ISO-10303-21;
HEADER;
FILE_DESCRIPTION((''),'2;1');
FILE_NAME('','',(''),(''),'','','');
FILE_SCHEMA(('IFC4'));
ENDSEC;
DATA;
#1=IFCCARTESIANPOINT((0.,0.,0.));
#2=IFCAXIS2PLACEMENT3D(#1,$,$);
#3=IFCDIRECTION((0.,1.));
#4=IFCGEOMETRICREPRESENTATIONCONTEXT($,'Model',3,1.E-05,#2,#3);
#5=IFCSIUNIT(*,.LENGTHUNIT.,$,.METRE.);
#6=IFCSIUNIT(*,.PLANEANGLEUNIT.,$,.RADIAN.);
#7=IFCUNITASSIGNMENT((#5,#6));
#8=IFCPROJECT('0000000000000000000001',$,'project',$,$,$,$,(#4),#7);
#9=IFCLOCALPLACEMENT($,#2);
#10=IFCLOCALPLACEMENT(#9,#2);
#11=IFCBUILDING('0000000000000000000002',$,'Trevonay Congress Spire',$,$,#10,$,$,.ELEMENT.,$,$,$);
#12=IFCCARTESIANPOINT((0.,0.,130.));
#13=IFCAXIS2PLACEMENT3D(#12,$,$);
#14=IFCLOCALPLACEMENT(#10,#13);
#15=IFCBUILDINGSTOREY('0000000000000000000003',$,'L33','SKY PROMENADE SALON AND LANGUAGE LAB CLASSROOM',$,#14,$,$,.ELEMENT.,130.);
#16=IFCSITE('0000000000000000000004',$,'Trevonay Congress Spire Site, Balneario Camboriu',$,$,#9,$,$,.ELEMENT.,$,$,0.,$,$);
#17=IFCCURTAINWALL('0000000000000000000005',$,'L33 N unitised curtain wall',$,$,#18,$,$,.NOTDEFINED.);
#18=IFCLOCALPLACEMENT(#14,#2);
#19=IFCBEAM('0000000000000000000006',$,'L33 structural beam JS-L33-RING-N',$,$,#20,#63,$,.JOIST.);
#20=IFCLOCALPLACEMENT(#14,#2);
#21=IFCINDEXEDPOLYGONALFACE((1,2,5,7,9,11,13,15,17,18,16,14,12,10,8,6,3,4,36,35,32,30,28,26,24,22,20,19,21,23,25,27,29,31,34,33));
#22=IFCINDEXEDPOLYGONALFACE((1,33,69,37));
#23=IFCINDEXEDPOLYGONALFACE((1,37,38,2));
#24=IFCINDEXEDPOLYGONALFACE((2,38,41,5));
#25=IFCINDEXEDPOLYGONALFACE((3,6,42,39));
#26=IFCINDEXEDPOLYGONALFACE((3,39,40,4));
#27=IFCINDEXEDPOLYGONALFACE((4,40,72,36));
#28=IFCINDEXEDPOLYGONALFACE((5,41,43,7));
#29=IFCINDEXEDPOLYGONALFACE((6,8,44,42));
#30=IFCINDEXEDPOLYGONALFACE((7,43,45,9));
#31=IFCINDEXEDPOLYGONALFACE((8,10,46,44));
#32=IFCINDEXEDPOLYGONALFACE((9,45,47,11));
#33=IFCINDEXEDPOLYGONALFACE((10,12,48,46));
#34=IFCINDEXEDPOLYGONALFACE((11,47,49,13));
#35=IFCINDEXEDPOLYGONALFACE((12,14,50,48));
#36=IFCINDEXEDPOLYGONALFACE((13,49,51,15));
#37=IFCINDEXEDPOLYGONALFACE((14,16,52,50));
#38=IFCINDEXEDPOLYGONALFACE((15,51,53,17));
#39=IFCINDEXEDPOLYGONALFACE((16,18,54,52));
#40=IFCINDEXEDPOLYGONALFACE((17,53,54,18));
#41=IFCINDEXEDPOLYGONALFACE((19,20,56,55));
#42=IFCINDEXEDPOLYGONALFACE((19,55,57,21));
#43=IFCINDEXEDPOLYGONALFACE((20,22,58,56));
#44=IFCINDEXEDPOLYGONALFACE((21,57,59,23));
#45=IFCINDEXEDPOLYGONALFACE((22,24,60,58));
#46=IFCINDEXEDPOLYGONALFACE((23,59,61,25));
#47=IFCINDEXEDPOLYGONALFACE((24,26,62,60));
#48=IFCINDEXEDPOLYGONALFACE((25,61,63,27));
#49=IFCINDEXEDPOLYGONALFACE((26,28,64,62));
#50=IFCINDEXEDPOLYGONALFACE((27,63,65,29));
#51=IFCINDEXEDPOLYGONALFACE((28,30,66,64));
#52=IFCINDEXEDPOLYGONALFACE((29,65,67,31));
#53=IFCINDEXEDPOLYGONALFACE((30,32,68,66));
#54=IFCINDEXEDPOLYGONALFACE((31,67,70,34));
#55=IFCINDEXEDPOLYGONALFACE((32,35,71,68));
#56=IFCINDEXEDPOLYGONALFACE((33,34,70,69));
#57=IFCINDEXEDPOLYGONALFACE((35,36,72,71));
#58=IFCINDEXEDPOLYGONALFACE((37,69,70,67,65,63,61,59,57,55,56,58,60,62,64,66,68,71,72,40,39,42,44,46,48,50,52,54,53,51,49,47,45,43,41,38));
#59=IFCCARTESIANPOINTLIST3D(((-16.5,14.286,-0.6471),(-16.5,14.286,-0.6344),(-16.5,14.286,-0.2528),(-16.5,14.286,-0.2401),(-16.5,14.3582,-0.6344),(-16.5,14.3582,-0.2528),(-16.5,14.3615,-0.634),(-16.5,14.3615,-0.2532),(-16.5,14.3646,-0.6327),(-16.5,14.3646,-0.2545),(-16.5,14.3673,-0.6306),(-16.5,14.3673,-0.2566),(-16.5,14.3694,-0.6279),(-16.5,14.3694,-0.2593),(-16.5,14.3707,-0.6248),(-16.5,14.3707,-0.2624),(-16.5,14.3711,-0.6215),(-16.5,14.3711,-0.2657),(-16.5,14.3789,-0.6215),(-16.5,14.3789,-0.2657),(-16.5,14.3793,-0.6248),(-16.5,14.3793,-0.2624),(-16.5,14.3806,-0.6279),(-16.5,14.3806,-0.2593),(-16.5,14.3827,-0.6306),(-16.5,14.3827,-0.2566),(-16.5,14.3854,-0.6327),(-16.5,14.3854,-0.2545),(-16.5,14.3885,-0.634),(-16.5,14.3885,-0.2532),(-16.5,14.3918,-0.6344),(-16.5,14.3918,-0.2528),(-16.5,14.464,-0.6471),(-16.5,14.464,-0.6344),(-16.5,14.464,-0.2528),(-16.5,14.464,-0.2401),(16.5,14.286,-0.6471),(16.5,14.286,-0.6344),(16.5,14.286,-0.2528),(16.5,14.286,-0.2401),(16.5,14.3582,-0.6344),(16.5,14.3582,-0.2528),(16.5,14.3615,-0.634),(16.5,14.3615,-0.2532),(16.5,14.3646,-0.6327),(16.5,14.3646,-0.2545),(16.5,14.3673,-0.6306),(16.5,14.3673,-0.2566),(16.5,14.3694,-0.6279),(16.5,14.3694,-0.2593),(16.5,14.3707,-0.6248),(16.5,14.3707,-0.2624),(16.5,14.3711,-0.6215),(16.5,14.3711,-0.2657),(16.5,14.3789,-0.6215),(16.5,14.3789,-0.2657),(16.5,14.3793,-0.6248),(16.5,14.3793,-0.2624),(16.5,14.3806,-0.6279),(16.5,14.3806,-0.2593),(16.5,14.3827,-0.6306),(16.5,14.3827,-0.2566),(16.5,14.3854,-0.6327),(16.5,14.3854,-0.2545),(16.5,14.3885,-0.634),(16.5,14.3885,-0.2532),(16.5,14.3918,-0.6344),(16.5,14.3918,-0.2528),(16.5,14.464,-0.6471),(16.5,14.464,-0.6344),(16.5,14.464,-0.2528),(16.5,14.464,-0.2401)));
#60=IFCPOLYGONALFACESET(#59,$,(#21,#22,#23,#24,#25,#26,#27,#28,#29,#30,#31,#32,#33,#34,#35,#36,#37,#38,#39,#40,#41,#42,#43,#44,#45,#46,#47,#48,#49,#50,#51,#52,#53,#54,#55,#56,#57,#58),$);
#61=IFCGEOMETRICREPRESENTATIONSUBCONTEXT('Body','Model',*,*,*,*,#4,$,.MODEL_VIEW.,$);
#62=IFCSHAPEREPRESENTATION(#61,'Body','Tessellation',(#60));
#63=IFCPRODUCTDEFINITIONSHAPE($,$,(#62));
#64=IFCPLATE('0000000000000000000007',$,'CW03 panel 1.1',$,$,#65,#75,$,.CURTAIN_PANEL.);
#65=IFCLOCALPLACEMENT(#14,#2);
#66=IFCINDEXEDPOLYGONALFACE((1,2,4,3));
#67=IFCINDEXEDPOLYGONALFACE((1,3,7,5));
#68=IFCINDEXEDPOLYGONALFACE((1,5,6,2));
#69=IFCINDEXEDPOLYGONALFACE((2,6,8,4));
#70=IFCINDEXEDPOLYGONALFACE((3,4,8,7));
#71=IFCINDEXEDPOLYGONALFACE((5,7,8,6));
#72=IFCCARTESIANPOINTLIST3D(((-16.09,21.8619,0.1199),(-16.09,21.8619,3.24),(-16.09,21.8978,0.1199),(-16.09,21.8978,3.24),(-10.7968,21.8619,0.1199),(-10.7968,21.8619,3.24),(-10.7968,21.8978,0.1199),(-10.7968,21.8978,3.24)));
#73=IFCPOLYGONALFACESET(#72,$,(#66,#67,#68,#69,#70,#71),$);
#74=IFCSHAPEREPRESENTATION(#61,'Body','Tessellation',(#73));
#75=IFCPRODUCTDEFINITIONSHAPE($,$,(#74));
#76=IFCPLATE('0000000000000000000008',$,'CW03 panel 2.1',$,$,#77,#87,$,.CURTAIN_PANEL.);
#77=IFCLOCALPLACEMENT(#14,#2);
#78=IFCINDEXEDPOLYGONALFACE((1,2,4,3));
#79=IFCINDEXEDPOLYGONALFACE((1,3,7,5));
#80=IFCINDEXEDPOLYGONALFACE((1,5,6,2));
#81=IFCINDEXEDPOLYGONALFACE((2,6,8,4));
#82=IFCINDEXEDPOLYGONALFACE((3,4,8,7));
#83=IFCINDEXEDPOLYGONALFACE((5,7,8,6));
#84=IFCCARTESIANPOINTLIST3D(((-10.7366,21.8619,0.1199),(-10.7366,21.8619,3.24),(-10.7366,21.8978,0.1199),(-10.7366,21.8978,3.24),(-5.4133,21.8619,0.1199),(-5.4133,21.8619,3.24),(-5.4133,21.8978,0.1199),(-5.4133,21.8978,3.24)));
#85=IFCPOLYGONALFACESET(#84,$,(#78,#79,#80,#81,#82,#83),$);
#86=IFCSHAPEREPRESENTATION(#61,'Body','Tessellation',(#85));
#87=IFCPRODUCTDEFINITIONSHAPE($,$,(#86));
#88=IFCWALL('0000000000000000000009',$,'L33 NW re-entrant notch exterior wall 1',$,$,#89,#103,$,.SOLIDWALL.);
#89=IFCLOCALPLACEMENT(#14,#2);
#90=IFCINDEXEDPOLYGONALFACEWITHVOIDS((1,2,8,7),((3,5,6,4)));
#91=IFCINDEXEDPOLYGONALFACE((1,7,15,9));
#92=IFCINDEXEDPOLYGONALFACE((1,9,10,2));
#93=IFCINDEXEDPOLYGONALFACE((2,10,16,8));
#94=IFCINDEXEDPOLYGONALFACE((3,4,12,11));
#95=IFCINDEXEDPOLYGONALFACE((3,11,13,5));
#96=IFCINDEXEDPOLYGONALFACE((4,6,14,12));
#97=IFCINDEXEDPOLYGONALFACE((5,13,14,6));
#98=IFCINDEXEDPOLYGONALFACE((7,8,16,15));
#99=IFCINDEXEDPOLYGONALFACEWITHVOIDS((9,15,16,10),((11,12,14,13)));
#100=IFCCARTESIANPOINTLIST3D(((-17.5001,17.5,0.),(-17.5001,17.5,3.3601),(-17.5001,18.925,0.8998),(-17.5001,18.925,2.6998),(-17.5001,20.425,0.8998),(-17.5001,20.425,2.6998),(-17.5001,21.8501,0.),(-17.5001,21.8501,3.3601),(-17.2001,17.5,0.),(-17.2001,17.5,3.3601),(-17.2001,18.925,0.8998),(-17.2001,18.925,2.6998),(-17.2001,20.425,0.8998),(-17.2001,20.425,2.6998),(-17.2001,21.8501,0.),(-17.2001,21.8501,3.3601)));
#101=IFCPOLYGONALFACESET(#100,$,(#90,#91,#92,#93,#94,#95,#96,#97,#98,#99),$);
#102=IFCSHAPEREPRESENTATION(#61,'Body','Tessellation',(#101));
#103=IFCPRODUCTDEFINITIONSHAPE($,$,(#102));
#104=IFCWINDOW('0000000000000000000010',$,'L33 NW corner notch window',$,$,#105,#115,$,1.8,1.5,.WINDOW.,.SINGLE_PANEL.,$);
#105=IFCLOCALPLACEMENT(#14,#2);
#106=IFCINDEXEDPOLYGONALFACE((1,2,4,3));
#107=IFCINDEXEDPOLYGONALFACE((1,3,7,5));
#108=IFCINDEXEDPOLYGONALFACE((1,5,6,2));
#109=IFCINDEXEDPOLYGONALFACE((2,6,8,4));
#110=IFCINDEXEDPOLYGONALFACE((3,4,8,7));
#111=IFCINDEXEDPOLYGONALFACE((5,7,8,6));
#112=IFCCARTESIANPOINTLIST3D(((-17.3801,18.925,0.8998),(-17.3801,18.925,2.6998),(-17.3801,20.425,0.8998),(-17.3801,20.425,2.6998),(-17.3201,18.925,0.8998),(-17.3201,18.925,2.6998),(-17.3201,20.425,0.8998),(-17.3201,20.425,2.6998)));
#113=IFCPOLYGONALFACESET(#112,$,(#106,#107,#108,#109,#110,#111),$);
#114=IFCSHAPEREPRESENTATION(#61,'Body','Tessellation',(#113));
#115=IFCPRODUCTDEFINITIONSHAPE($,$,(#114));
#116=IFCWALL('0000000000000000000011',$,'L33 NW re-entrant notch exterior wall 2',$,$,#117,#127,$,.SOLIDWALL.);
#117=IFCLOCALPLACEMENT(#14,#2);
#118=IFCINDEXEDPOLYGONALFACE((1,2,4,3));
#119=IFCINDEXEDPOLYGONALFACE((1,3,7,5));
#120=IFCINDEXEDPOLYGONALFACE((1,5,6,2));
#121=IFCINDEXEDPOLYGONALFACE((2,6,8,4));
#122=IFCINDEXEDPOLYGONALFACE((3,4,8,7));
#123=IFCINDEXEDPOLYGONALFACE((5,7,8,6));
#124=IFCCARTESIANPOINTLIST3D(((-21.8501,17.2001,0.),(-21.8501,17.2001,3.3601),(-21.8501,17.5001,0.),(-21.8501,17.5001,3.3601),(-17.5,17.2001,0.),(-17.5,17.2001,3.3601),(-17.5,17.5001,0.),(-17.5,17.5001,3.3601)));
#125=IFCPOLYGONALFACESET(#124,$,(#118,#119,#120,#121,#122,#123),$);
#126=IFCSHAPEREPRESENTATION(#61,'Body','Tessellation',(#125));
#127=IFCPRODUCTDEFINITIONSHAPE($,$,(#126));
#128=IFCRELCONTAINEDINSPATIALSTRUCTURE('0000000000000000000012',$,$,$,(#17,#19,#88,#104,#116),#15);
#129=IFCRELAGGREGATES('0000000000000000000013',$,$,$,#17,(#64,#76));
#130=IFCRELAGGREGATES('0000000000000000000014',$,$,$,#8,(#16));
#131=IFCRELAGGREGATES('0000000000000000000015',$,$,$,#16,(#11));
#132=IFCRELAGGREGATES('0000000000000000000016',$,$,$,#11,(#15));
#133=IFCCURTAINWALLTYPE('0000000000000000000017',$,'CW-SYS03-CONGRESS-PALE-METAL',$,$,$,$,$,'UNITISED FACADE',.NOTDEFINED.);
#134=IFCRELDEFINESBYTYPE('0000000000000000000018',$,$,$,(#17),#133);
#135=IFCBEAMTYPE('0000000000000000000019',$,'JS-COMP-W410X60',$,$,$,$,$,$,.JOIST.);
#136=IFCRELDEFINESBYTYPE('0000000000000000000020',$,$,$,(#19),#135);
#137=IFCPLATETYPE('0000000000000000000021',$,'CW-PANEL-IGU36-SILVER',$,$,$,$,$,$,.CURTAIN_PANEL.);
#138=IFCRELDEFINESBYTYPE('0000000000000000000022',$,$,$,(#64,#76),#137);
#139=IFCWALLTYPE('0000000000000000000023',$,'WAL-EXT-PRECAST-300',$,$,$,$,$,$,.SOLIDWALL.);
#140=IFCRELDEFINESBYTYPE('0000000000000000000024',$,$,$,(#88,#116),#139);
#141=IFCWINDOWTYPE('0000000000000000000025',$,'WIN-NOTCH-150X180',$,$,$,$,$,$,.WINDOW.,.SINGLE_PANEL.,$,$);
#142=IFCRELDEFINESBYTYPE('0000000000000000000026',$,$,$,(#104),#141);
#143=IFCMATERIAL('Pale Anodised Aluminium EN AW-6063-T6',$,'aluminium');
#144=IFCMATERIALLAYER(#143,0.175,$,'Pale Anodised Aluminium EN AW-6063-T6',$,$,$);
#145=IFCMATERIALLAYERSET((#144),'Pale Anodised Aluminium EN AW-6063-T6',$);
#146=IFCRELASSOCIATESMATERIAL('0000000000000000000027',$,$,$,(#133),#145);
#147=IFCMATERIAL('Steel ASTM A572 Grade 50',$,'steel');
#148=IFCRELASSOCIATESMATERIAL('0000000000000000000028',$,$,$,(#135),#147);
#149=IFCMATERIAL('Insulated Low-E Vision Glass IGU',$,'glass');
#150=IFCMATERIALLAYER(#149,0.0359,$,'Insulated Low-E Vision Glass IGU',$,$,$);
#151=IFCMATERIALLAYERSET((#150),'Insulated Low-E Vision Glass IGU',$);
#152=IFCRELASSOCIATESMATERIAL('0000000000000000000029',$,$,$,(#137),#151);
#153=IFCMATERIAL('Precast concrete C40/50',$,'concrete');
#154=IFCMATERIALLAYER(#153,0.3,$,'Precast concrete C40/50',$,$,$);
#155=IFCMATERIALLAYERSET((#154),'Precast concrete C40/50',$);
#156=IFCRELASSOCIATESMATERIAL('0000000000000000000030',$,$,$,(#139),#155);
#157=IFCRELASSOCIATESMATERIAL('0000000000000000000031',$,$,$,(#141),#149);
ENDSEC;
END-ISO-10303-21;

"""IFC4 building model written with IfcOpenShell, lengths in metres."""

from ifc_helpers import new_model, si_unit, direction, frame, frame_2d, origin, origin_2d, place, context, subcontext, project, spatial, rectangle, i_section, extrude, material, layer, layer_set, material_profile, profile_set, type_object, element, fill, aggregate, save


model = new_model("IFC4")

# Units and contexts
model_context = context("Model", 3, precision=1e-05, world=origin(), true_north=direction((0.0, 1.0)))
body_context = subcontext(model_context, "Body", "Model", "MODEL_VIEW")
ifc_project = project(units=[si_unit("LENGTHUNIT", "METRE"), si_unit("PLANEANGLEUNIT", "RADIAN")], contexts=[model_context])

# Site, building, storey
site_placement = place(None, origin())
site = spatial("IfcSite", under=ifc_project, at=site_placement, Name="Trevonay Congress Spire Site, Balneario Camboriu", CompositionType="ELEMENT", RefElevation=0.0)
building_placement = place(site_placement, origin())
building = spatial("IfcBuilding", under=site, at=building_placement, Name="Trevonay Congress Spire", CompositionType="ELEMENT")
storey_placement = place(building_placement, frame((0.0, 0.0, 130.0)))
storey = spatial("IfcBuildingStorey", under=building, at=storey_placement, Name="L33", Description="SKY PROMENADE SALON AND LANGUAGE LAB CLASSROOM", CompositionType="ELEMENT", Elevation=130.0)

# Shared definitions
ifc_material_1 = material(Name="Steel ASTM A572 Grade 50", Category="steel")

# Curtain wall
ifc_material_2 = material(Name="Pale Anodised Aluminium EN AW-6063-T6", Category="aluminium")
ifc_layer_1 = layer(ifc_material_2, 0.175, Name="Pale Anodised Aluminium EN AW-6063-T6")
ifc_layer_set_1 = layer_set([ifc_layer_1], Name="Pale Anodised Aluminium EN AW-6063-T6")
curtain_wall_type = type_object("IfcCurtainWallType", Name="CW-SYS03-CONGRESS-PALE-METAL", ElementType="UNITISED FACADE", PredefinedType="NOTDEFINED", material=ifc_layer_set_1)
curtain_wall_1_placement = place(storey_placement, origin())
curtain_wall_1 = element("IfcCurtainWall", 1, at=curtain_wall_1_placement, inside=storey, type_object=curtain_wall_type, Name="L33 N unitised curtain wall", PredefinedType="NOTDEFINED")

# Beam
ifc_material_profile_1 = material_profile(ifc_material_1, i_section(OverallWidth=0.178, OverallDepth=0.407, WebThickness=0.0078, FlangeThickness=0.0127, FilletRadius=0.0129, at=origin_2d()), Name="W410x60")
ifc_profile_set_1 = profile_set([ifc_material_profile_1], Name="Steel ASTM A572 Grade 50")
beam_type_1 = type_object("IfcBeamType", Name="JS-COMP-W410X60", PredefinedType="JOIST", material=ifc_profile_set_1)
beam_placement = place(storey_placement, frame((-16.5, 14.375, -0.4436), z_axis=(1.0, 0.0, 0.0), x_axis=(0.0, 1.0, 0.0)))
element("IfcBeam", 2, at=beam_placement, inside=storey, type_object=beam_type_1, Name="L33 structural beam JS-L33-RING-N", PredefinedType="JOIST", context=body_context, shape_type="SweptSolid", body=[
    extrude(i_section(OverallWidth=0.178, OverallDepth=0.407, WebThickness=0.0078, FlangeThickness=0.0127, FilletRadius=0.0129, at=origin_2d()), origin(), (0.0, 0.0, 1.0), 33.0),
])

# Plates
ifc_material_3 = material(Name="Insulated Low-E Vision Glass IGU", Category="glass")
ifc_layer_2 = layer(ifc_material_3, 0.0359, Name="Insulated Low-E Vision Glass IGU")
ifc_layer_set_2 = layer_set([ifc_layer_2], Name="Insulated Low-E Vision Glass IGU")
plate_type = type_object("IfcPlateType", Name="CW-PANEL-IGU36-SILVER", PredefinedType="CURTAIN_PANEL", material=ifc_layer_set_2)
plate_1_placement = place(storey_placement, frame((-13.4434, 21.8799, 0.1199), z_axis=(0.0, 0.0, 1.0), x_axis=(1.0, 0.0, 0.0)))
plate_1 = element("IfcPlate", 3, at=plate_1_placement, type_object=plate_type, Name="CW03 panel 1.1", PredefinedType="CURTAIN_PANEL", context=body_context, shape_type="SweptSolid", body=[
    extrude(rectangle(XDim=5.2932, YDim=0.0359, at=origin_2d()), origin(), (0.0, 0.0, 1.0), 3.1201),
])
plate_2_placement = place(storey_placement, frame((-8.075, 21.8799, 0.1199), z_axis=(0.0, 0.0, 1.0), x_axis=(1.0, 0.0, 0.0)))
plate_2 = element("IfcPlate", 4, at=plate_2_placement, type_object=plate_type, Name="CW03 panel 2.1", PredefinedType="CURTAIN_PANEL", context=body_context, shape_type="SweptSolid", body=[
    extrude(rectangle(XDim=5.3232, YDim=0.0359, at=origin_2d()), origin(), (0.0, 0.0, 1.0), 3.1201),
])
aggregate(curtain_wall_1, [plate_1, plate_2])

# Wall, opening, window
ifc_material_4 = material(Name="Precast concrete C40/50", Category="concrete")
ifc_layer_3 = layer(ifc_material_4, 0.3, Name="Precast concrete C40/50")
ifc_layer_set_3 = layer_set([ifc_layer_3], Name="Precast concrete C40/50")
wall_type = type_object("IfcWallType", Name="WAL-EXT-PRECAST-300", PredefinedType="SOLIDWALL", material=ifc_layer_set_3)
wall_1_placement = place(storey_placement, frame((-17.3501, 21.8501, 0.0), z_axis=(0.0, 0.0, 1.0), x_axis=(0.0, -1.0, 0.0)))
wall_1 = element("IfcWall", 5, at=wall_1_placement, inside=storey, type_object=wall_type, Name="L33 NW re-entrant notch exterior wall 1", PredefinedType="SOLIDWALL", context=body_context, shape_type="SweptSolid", body=[
    extrude(rectangle(XDim=4.3501, YDim=0.3, at=frame_2d((2.175, 0.0))), origin(), (0.0, 0.0, 1.0), 3.3601),
])
opening_placement = place(wall_1_placement, frame((1.425, 0.0, 0.8999)))
opening = element("IfcOpeningElement", 6, at=opening_placement, cuts=wall_1, PredefinedType="OPENING", context=body_context, shape_type="SweptSolid", body=[
    extrude(rectangle(XDim=1.5, YDim=1.8, at=frame_2d((0.75, 0.8999))), frame((0.0, 0.1602, 0.0), z_axis=(0.0, -1.0, 0.0), x_axis=(1.0, 0.0, 0.0)), (0.0, 0.0, 1.0), 0.3201),
])
window_type = type_object("IfcWindowType", Name="WIN-NOTCH-150X180", PartitioningType="SINGLE_PANEL", PredefinedType="WINDOW", material=ifc_material_3)
window_placement = place(opening_placement, origin())
window = element("IfcWindow", 7, at=window_placement, inside=storey, type_object=window_type, Name="L33 NW corner notch window", OverallHeight=1.8, OverallWidth=1.5, PartitioningType="SINGLE_PANEL", PredefinedType="WINDOW", context=body_context, shape_type="SweptSolid", body=[
    extrude(rectangle(XDim=1.5, YDim=1.8, at=frame_2d((0.75, 0.8999))), frame((0.0, 0.03, 0.0), z_axis=(0.0, -1.0, 0.0), x_axis=(1.0, 0.0, 0.0)), (0.0, 0.0, 1.0), 0.0601),
])
fill(opening, window)

# Wall
wall_2_placement = place(storey_placement, frame((-21.8501, 17.3501, 0.0), z_axis=(0.0, 0.0, 1.0), x_axis=(1.0, 0.0, 0.0)))
element("IfcWall", 8, at=wall_2_placement, inside=storey, type_object=wall_type, Name="L33 NW re-entrant notch exterior wall 2", PredefinedType="SOLIDWALL", context=body_context, shape_type="SweptSolid", body=[
    extrude(rectangle(XDim=4.3501, YDim=0.3, at=frame_2d((2.175, 0.0))), origin(), (0.0, 0.0, 1.0), 3.3601),
])

save(model, "model.ifc")
